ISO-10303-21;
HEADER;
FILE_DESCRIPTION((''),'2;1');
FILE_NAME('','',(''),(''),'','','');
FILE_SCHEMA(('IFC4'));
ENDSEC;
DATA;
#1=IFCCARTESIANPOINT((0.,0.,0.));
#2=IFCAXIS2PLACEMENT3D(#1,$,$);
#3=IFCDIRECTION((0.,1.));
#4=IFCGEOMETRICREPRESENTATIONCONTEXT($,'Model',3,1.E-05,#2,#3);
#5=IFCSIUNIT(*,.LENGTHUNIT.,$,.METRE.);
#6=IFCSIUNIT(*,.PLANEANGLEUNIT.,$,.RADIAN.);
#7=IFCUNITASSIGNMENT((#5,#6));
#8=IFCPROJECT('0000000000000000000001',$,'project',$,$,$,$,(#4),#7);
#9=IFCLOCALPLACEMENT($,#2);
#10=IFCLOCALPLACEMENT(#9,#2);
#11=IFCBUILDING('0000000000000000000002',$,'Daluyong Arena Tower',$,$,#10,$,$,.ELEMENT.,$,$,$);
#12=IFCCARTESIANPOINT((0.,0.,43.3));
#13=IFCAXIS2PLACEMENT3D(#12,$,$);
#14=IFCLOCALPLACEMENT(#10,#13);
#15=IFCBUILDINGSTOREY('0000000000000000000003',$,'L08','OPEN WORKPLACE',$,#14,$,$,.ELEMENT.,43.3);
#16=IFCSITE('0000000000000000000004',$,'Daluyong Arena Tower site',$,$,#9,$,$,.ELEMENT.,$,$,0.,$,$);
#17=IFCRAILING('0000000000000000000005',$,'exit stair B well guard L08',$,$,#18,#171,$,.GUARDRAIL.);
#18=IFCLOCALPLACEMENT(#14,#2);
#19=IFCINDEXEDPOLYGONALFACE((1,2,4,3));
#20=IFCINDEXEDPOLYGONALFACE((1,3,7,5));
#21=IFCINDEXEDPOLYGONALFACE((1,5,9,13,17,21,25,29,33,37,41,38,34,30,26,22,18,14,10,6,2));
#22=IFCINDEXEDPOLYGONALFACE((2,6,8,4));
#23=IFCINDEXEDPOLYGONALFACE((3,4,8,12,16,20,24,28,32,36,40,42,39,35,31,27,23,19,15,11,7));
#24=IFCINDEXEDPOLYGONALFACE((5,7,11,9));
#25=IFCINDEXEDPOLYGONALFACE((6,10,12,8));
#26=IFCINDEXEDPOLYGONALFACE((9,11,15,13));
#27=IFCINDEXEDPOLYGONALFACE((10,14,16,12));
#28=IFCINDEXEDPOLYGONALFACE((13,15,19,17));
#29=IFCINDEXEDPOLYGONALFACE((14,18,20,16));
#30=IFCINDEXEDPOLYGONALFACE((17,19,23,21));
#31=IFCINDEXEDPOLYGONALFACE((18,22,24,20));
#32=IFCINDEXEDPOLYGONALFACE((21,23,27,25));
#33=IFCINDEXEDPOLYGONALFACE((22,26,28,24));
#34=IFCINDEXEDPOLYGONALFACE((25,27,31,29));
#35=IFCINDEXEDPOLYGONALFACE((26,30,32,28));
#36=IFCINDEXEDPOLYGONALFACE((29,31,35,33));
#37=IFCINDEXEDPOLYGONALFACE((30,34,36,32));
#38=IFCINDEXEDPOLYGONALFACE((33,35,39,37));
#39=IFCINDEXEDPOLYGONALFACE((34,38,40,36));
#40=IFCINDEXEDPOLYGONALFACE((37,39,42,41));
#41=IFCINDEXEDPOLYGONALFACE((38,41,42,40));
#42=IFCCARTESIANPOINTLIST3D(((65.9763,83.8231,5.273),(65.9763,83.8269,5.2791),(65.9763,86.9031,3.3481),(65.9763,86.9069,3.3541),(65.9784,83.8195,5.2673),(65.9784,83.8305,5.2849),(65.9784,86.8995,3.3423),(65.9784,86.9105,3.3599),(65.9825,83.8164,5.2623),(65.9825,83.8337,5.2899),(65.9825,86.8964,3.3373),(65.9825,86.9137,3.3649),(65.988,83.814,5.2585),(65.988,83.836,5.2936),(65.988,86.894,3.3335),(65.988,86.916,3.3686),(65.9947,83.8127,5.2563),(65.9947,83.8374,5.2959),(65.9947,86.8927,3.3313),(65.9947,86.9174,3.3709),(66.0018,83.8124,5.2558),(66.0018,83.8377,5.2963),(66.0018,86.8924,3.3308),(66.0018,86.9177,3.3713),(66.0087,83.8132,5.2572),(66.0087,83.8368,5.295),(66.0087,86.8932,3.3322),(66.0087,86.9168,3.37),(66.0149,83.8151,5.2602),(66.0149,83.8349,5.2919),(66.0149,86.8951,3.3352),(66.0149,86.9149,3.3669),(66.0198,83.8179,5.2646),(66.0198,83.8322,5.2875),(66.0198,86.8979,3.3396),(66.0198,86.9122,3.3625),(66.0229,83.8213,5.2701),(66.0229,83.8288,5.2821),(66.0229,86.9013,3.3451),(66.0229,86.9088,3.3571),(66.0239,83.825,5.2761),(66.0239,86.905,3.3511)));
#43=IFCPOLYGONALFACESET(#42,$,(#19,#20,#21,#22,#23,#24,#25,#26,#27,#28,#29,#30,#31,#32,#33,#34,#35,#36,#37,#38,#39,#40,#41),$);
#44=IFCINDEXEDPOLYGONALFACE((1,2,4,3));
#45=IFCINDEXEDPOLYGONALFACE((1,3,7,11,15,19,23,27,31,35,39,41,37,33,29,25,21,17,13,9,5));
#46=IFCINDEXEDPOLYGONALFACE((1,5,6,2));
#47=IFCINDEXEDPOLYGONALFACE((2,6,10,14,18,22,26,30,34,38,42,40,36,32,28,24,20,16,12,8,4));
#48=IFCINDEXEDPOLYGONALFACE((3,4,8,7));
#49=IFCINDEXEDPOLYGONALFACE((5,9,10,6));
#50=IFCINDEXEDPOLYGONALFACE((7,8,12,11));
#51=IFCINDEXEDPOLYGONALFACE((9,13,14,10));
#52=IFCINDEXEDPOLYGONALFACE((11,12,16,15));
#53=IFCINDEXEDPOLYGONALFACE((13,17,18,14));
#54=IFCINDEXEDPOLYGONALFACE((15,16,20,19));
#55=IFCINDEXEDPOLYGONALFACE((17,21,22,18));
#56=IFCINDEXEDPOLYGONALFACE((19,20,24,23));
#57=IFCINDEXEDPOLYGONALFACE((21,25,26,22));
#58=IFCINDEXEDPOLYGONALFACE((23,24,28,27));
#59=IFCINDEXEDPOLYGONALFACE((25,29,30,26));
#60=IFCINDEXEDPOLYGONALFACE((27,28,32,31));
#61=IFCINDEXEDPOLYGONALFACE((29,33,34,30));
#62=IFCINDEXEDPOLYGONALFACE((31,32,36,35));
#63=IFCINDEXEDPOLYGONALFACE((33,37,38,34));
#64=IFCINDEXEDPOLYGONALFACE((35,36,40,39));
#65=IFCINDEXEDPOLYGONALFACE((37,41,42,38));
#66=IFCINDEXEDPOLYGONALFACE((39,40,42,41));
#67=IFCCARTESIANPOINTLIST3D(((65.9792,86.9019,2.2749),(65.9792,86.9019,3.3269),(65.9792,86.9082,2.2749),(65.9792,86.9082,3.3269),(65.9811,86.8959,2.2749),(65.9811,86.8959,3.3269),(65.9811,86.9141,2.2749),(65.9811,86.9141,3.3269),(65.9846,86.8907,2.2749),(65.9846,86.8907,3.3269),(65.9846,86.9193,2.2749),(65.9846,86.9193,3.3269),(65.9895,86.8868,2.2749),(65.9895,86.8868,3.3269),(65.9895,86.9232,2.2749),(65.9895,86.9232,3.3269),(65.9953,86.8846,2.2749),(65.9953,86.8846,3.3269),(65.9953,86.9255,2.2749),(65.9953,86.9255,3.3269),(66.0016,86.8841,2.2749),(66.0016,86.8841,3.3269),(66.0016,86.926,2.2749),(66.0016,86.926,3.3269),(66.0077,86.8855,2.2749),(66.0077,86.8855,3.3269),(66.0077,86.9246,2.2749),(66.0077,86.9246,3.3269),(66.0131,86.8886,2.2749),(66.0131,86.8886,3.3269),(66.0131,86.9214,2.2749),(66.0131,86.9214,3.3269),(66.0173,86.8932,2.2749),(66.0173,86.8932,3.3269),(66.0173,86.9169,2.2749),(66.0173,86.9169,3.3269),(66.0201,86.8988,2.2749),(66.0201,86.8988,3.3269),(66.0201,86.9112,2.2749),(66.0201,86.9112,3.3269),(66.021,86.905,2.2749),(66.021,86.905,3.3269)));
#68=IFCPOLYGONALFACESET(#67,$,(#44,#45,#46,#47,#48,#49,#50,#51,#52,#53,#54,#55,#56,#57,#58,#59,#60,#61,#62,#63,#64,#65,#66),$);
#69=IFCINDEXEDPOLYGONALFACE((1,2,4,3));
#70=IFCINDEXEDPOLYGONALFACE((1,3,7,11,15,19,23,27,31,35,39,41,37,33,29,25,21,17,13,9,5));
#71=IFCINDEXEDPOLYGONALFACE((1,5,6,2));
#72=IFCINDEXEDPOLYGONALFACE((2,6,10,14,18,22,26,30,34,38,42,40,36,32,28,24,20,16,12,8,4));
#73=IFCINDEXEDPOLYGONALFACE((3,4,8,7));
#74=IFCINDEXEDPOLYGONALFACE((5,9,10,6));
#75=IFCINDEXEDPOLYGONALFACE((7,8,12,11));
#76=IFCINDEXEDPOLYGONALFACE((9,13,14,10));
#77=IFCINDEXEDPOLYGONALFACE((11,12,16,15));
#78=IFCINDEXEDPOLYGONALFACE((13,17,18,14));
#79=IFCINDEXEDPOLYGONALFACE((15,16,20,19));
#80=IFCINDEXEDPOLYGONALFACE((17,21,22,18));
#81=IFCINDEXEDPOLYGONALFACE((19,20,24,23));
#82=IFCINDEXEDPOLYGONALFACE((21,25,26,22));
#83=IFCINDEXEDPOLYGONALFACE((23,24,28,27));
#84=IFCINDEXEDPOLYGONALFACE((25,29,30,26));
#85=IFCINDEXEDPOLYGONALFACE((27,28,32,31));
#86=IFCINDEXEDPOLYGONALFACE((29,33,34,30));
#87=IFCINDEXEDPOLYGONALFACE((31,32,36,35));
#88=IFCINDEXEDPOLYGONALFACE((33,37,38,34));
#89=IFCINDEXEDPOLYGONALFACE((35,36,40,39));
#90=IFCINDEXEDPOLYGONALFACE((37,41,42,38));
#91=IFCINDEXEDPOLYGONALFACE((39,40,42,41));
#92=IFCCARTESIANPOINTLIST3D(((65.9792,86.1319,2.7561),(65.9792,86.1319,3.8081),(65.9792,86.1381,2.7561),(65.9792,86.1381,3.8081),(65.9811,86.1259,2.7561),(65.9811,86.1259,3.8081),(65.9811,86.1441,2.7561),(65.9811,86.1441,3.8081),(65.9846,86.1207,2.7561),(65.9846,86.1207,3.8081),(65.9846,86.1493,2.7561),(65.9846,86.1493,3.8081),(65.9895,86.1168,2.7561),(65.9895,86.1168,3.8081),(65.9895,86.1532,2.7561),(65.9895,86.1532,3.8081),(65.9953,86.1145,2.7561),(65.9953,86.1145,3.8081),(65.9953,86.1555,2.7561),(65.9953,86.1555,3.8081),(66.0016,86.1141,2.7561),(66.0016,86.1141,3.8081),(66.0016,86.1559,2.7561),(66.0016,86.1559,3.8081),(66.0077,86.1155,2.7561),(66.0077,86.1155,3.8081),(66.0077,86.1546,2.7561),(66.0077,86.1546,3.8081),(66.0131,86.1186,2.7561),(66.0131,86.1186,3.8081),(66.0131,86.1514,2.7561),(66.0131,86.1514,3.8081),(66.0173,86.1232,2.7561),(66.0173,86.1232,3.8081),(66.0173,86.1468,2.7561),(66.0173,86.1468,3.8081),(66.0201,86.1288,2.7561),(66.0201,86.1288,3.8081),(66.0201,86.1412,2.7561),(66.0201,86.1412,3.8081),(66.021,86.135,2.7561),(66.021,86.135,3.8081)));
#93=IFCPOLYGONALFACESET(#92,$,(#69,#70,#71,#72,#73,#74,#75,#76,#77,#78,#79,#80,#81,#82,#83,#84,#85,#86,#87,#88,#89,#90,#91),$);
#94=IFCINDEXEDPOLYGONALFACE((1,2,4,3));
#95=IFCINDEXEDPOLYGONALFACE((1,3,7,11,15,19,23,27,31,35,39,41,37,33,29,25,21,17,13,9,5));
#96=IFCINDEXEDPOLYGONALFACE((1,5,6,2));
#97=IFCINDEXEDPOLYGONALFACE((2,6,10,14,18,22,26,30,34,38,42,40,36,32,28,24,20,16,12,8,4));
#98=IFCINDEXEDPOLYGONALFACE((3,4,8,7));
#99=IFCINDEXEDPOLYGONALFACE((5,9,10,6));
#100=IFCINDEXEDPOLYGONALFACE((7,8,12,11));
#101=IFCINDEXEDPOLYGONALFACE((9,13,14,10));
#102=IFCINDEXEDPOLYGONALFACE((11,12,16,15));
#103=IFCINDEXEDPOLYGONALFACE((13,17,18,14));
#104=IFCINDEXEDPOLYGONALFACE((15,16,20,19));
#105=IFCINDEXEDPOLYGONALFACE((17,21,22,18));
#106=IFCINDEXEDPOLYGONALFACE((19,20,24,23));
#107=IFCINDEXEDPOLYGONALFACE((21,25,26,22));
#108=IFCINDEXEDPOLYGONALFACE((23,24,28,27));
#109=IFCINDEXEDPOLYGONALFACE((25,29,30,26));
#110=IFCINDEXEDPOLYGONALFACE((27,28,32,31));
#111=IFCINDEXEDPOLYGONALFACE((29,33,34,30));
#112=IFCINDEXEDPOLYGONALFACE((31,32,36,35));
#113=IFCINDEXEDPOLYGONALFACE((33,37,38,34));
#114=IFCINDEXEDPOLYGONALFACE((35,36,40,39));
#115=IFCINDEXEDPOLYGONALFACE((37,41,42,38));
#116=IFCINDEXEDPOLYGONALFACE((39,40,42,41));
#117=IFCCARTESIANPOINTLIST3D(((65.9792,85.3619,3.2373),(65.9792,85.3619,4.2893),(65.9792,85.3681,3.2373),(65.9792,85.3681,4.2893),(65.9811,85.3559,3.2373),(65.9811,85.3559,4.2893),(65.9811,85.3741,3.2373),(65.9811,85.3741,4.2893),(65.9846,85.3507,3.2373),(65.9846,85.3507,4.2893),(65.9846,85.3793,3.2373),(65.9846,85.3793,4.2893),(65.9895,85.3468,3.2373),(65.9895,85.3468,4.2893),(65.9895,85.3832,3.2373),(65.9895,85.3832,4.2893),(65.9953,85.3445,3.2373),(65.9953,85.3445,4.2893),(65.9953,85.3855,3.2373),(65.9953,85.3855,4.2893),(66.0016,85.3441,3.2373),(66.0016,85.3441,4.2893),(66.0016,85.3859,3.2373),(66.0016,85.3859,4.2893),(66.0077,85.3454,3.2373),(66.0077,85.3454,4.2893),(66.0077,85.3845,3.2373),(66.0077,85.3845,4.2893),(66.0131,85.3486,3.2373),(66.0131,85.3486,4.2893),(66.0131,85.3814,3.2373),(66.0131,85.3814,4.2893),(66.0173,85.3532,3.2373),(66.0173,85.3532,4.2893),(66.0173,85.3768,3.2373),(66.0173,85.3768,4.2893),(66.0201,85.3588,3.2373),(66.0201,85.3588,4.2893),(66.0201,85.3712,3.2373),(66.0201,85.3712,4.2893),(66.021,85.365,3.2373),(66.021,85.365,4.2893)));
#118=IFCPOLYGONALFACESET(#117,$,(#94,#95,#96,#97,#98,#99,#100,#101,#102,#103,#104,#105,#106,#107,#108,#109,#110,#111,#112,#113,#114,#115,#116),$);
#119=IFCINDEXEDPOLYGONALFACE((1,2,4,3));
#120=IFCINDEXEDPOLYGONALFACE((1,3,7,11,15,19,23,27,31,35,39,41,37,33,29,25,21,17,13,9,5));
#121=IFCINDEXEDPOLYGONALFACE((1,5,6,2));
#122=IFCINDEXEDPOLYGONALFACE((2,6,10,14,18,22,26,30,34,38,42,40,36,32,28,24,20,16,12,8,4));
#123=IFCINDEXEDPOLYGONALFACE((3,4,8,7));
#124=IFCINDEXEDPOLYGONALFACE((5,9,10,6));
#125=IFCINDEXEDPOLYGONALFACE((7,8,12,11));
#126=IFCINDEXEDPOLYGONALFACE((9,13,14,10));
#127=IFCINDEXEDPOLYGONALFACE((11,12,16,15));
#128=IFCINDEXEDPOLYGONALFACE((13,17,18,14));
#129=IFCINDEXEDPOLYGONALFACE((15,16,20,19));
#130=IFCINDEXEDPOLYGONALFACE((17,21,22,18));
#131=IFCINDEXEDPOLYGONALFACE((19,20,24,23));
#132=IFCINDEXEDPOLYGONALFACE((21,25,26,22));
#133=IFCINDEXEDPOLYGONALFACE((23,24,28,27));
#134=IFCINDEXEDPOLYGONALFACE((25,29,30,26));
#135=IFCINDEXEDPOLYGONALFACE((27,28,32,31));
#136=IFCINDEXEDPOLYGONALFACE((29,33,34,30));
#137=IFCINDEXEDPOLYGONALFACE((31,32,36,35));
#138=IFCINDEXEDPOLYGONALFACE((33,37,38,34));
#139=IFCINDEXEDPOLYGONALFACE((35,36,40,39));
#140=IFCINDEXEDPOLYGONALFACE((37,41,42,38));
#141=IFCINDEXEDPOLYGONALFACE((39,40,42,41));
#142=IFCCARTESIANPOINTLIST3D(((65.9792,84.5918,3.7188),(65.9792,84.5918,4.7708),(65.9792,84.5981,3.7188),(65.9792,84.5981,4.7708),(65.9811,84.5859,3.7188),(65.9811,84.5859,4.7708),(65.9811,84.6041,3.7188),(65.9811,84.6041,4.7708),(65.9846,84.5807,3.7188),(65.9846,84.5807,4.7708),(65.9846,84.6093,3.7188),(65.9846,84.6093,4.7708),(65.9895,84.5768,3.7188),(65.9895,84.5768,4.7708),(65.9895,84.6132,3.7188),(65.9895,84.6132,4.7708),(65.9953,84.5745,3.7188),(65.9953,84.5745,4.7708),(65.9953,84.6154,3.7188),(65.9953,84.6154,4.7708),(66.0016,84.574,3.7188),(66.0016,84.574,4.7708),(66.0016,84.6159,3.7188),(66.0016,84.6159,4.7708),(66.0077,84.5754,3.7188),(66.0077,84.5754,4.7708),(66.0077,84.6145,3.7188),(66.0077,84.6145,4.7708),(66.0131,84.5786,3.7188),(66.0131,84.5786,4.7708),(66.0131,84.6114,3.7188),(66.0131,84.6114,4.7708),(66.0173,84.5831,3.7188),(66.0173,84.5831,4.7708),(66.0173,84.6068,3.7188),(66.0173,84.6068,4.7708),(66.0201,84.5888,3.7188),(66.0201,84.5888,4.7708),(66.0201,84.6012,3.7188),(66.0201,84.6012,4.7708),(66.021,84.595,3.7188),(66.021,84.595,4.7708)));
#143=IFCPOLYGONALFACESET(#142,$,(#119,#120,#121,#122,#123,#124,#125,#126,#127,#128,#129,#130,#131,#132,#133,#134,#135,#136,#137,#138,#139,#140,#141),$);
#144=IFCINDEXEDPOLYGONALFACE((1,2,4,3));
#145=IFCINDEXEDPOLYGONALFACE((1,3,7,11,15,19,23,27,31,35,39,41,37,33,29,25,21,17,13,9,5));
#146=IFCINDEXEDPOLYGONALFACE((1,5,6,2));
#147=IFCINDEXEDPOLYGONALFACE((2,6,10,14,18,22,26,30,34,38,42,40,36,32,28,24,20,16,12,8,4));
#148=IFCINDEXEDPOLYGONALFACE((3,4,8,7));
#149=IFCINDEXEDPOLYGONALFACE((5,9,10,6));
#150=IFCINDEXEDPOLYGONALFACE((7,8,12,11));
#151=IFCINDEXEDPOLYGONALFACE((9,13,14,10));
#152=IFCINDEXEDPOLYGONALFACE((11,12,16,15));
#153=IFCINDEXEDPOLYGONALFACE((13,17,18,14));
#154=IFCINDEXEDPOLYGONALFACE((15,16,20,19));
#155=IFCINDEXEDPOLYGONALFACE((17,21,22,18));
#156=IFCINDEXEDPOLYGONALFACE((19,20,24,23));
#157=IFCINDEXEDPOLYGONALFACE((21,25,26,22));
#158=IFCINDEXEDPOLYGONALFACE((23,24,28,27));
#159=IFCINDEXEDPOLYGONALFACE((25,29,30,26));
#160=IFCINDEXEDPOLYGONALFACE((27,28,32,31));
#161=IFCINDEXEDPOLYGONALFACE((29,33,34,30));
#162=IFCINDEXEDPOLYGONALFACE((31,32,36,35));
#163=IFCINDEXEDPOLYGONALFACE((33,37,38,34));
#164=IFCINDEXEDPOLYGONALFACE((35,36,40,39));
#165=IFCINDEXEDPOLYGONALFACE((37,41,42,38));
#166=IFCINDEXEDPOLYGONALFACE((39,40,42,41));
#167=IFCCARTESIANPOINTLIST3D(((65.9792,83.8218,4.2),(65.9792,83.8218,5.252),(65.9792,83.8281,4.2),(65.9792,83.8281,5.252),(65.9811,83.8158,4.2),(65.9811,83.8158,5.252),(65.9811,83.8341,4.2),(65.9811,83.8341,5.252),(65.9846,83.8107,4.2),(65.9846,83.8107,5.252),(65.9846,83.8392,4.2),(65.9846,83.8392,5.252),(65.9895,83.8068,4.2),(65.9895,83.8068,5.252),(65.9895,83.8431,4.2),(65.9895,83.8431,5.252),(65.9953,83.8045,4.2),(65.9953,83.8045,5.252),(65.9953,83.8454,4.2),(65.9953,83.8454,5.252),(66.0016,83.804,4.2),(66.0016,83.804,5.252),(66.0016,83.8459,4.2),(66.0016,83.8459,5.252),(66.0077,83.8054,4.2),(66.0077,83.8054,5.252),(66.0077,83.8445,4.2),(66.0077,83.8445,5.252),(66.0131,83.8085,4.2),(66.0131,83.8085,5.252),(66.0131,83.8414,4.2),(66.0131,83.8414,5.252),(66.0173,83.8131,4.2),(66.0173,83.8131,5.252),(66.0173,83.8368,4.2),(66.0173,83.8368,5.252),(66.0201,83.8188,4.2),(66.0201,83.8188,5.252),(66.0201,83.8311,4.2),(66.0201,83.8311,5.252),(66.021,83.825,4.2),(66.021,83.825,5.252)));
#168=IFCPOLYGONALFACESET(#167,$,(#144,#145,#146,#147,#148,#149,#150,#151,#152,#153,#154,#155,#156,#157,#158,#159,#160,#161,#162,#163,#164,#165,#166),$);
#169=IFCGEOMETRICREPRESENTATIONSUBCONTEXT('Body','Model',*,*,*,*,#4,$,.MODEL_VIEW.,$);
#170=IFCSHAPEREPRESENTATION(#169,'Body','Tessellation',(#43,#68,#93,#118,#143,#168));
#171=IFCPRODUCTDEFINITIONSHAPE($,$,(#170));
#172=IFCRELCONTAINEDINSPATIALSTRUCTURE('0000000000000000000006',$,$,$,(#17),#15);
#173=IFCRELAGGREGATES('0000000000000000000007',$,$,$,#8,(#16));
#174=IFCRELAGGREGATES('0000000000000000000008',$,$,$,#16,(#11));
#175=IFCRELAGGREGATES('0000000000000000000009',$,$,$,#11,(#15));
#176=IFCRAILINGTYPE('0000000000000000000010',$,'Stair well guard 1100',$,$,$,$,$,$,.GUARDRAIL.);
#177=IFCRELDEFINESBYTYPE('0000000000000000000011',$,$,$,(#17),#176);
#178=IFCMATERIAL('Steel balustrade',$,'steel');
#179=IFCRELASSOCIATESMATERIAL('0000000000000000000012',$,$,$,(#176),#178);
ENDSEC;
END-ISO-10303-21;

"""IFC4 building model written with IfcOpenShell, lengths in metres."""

from ifc_helpers import new_model, si_unit, direction, frame, origin, origin_2d, place, context, subcontext, project, spatial, circle, extrude, material, type_object, element, save


model = new_model("IFC4")

# Units and contexts
model_context = context("Model", 3, precision=1e-05, world=origin(), true_north=direction((0.0, 1.0)))
body_context = subcontext(model_context, "Body", "Model", "MODEL_VIEW")
ifc_project = project(units=[si_unit("LENGTHUNIT", "METRE"), si_unit("PLANEANGLEUNIT", "RADIAN")], contexts=[model_context])

# Site, building, storey
site_placement = place(None, origin())
site = spatial("IfcSite", under=ifc_project, at=site_placement, Name="Daluyong Arena Tower site", CompositionType="ELEMENT", RefElevation=0.0)
building_placement = place(site_placement, origin())
building = spatial("IfcBuilding", under=site, at=building_placement, Name="Daluyong Arena Tower", CompositionType="ELEMENT")
storey_placement = place(building_placement, frame((0.0, 0.0, 43.3)))
storey = spatial("IfcBuildingStorey", under=building, at=storey_placement, Name="L08", Description="OPEN WORKPLACE", CompositionType="ELEMENT", Elevation=43.3)

# Railing
ifc_material_1 = material(Name="Steel balustrade", Category="steel")
railing_type_1 = type_object("IfcRailingType", Name="Stair well guard 1100", PredefinedType="GUARDRAIL", material=ifc_material_1)
railing_1_placement = place(storey_placement, frame((66.0, 86.905, 2.2749)))
element("IfcRailing", 1, at=railing_1_placement, inside=storey, type_object=railing_type_1, Name="exit stair B well guard L08", PredefinedType="GUARDRAIL", context=body_context, shape_type="SweptSolid", body=[
    extrude(circle(Radius=0.0239, at=origin_2d()), frame((0.0, 0.0, 1.0762), z_axis=(0.0, -0.847998, 0.529999), x_axis=(1.0, 0.0, 0.0)), (0.0, 0.0, 1.0), 3.6321),
    extrude(circle(Radius=0.021, at=origin_2d()), origin(), (0.0, 0.0, 1.0), 1.052),
    extrude(circle(Radius=0.021, at=origin_2d()), frame((0.0, -0.77, 0.4812)), (0.0, 0.0, 1.0), 1.052),
    extrude(circle(Radius=0.021, at=origin_2d()), frame((0.0, -1.54, 0.9624)), (0.0, 0.0, 1.0), 1.052),
    extrude(circle(Radius=0.021, at=origin_2d()), frame((0.0, -2.3101, 1.4438)), (0.0, 0.0, 1.0), 1.052),
    extrude(circle(Radius=0.021, at=origin_2d()), frame((0.0, -3.0801, 1.925)), (0.0, 0.0, 1.0), 1.052),
])

save(model, "model.ifc")
